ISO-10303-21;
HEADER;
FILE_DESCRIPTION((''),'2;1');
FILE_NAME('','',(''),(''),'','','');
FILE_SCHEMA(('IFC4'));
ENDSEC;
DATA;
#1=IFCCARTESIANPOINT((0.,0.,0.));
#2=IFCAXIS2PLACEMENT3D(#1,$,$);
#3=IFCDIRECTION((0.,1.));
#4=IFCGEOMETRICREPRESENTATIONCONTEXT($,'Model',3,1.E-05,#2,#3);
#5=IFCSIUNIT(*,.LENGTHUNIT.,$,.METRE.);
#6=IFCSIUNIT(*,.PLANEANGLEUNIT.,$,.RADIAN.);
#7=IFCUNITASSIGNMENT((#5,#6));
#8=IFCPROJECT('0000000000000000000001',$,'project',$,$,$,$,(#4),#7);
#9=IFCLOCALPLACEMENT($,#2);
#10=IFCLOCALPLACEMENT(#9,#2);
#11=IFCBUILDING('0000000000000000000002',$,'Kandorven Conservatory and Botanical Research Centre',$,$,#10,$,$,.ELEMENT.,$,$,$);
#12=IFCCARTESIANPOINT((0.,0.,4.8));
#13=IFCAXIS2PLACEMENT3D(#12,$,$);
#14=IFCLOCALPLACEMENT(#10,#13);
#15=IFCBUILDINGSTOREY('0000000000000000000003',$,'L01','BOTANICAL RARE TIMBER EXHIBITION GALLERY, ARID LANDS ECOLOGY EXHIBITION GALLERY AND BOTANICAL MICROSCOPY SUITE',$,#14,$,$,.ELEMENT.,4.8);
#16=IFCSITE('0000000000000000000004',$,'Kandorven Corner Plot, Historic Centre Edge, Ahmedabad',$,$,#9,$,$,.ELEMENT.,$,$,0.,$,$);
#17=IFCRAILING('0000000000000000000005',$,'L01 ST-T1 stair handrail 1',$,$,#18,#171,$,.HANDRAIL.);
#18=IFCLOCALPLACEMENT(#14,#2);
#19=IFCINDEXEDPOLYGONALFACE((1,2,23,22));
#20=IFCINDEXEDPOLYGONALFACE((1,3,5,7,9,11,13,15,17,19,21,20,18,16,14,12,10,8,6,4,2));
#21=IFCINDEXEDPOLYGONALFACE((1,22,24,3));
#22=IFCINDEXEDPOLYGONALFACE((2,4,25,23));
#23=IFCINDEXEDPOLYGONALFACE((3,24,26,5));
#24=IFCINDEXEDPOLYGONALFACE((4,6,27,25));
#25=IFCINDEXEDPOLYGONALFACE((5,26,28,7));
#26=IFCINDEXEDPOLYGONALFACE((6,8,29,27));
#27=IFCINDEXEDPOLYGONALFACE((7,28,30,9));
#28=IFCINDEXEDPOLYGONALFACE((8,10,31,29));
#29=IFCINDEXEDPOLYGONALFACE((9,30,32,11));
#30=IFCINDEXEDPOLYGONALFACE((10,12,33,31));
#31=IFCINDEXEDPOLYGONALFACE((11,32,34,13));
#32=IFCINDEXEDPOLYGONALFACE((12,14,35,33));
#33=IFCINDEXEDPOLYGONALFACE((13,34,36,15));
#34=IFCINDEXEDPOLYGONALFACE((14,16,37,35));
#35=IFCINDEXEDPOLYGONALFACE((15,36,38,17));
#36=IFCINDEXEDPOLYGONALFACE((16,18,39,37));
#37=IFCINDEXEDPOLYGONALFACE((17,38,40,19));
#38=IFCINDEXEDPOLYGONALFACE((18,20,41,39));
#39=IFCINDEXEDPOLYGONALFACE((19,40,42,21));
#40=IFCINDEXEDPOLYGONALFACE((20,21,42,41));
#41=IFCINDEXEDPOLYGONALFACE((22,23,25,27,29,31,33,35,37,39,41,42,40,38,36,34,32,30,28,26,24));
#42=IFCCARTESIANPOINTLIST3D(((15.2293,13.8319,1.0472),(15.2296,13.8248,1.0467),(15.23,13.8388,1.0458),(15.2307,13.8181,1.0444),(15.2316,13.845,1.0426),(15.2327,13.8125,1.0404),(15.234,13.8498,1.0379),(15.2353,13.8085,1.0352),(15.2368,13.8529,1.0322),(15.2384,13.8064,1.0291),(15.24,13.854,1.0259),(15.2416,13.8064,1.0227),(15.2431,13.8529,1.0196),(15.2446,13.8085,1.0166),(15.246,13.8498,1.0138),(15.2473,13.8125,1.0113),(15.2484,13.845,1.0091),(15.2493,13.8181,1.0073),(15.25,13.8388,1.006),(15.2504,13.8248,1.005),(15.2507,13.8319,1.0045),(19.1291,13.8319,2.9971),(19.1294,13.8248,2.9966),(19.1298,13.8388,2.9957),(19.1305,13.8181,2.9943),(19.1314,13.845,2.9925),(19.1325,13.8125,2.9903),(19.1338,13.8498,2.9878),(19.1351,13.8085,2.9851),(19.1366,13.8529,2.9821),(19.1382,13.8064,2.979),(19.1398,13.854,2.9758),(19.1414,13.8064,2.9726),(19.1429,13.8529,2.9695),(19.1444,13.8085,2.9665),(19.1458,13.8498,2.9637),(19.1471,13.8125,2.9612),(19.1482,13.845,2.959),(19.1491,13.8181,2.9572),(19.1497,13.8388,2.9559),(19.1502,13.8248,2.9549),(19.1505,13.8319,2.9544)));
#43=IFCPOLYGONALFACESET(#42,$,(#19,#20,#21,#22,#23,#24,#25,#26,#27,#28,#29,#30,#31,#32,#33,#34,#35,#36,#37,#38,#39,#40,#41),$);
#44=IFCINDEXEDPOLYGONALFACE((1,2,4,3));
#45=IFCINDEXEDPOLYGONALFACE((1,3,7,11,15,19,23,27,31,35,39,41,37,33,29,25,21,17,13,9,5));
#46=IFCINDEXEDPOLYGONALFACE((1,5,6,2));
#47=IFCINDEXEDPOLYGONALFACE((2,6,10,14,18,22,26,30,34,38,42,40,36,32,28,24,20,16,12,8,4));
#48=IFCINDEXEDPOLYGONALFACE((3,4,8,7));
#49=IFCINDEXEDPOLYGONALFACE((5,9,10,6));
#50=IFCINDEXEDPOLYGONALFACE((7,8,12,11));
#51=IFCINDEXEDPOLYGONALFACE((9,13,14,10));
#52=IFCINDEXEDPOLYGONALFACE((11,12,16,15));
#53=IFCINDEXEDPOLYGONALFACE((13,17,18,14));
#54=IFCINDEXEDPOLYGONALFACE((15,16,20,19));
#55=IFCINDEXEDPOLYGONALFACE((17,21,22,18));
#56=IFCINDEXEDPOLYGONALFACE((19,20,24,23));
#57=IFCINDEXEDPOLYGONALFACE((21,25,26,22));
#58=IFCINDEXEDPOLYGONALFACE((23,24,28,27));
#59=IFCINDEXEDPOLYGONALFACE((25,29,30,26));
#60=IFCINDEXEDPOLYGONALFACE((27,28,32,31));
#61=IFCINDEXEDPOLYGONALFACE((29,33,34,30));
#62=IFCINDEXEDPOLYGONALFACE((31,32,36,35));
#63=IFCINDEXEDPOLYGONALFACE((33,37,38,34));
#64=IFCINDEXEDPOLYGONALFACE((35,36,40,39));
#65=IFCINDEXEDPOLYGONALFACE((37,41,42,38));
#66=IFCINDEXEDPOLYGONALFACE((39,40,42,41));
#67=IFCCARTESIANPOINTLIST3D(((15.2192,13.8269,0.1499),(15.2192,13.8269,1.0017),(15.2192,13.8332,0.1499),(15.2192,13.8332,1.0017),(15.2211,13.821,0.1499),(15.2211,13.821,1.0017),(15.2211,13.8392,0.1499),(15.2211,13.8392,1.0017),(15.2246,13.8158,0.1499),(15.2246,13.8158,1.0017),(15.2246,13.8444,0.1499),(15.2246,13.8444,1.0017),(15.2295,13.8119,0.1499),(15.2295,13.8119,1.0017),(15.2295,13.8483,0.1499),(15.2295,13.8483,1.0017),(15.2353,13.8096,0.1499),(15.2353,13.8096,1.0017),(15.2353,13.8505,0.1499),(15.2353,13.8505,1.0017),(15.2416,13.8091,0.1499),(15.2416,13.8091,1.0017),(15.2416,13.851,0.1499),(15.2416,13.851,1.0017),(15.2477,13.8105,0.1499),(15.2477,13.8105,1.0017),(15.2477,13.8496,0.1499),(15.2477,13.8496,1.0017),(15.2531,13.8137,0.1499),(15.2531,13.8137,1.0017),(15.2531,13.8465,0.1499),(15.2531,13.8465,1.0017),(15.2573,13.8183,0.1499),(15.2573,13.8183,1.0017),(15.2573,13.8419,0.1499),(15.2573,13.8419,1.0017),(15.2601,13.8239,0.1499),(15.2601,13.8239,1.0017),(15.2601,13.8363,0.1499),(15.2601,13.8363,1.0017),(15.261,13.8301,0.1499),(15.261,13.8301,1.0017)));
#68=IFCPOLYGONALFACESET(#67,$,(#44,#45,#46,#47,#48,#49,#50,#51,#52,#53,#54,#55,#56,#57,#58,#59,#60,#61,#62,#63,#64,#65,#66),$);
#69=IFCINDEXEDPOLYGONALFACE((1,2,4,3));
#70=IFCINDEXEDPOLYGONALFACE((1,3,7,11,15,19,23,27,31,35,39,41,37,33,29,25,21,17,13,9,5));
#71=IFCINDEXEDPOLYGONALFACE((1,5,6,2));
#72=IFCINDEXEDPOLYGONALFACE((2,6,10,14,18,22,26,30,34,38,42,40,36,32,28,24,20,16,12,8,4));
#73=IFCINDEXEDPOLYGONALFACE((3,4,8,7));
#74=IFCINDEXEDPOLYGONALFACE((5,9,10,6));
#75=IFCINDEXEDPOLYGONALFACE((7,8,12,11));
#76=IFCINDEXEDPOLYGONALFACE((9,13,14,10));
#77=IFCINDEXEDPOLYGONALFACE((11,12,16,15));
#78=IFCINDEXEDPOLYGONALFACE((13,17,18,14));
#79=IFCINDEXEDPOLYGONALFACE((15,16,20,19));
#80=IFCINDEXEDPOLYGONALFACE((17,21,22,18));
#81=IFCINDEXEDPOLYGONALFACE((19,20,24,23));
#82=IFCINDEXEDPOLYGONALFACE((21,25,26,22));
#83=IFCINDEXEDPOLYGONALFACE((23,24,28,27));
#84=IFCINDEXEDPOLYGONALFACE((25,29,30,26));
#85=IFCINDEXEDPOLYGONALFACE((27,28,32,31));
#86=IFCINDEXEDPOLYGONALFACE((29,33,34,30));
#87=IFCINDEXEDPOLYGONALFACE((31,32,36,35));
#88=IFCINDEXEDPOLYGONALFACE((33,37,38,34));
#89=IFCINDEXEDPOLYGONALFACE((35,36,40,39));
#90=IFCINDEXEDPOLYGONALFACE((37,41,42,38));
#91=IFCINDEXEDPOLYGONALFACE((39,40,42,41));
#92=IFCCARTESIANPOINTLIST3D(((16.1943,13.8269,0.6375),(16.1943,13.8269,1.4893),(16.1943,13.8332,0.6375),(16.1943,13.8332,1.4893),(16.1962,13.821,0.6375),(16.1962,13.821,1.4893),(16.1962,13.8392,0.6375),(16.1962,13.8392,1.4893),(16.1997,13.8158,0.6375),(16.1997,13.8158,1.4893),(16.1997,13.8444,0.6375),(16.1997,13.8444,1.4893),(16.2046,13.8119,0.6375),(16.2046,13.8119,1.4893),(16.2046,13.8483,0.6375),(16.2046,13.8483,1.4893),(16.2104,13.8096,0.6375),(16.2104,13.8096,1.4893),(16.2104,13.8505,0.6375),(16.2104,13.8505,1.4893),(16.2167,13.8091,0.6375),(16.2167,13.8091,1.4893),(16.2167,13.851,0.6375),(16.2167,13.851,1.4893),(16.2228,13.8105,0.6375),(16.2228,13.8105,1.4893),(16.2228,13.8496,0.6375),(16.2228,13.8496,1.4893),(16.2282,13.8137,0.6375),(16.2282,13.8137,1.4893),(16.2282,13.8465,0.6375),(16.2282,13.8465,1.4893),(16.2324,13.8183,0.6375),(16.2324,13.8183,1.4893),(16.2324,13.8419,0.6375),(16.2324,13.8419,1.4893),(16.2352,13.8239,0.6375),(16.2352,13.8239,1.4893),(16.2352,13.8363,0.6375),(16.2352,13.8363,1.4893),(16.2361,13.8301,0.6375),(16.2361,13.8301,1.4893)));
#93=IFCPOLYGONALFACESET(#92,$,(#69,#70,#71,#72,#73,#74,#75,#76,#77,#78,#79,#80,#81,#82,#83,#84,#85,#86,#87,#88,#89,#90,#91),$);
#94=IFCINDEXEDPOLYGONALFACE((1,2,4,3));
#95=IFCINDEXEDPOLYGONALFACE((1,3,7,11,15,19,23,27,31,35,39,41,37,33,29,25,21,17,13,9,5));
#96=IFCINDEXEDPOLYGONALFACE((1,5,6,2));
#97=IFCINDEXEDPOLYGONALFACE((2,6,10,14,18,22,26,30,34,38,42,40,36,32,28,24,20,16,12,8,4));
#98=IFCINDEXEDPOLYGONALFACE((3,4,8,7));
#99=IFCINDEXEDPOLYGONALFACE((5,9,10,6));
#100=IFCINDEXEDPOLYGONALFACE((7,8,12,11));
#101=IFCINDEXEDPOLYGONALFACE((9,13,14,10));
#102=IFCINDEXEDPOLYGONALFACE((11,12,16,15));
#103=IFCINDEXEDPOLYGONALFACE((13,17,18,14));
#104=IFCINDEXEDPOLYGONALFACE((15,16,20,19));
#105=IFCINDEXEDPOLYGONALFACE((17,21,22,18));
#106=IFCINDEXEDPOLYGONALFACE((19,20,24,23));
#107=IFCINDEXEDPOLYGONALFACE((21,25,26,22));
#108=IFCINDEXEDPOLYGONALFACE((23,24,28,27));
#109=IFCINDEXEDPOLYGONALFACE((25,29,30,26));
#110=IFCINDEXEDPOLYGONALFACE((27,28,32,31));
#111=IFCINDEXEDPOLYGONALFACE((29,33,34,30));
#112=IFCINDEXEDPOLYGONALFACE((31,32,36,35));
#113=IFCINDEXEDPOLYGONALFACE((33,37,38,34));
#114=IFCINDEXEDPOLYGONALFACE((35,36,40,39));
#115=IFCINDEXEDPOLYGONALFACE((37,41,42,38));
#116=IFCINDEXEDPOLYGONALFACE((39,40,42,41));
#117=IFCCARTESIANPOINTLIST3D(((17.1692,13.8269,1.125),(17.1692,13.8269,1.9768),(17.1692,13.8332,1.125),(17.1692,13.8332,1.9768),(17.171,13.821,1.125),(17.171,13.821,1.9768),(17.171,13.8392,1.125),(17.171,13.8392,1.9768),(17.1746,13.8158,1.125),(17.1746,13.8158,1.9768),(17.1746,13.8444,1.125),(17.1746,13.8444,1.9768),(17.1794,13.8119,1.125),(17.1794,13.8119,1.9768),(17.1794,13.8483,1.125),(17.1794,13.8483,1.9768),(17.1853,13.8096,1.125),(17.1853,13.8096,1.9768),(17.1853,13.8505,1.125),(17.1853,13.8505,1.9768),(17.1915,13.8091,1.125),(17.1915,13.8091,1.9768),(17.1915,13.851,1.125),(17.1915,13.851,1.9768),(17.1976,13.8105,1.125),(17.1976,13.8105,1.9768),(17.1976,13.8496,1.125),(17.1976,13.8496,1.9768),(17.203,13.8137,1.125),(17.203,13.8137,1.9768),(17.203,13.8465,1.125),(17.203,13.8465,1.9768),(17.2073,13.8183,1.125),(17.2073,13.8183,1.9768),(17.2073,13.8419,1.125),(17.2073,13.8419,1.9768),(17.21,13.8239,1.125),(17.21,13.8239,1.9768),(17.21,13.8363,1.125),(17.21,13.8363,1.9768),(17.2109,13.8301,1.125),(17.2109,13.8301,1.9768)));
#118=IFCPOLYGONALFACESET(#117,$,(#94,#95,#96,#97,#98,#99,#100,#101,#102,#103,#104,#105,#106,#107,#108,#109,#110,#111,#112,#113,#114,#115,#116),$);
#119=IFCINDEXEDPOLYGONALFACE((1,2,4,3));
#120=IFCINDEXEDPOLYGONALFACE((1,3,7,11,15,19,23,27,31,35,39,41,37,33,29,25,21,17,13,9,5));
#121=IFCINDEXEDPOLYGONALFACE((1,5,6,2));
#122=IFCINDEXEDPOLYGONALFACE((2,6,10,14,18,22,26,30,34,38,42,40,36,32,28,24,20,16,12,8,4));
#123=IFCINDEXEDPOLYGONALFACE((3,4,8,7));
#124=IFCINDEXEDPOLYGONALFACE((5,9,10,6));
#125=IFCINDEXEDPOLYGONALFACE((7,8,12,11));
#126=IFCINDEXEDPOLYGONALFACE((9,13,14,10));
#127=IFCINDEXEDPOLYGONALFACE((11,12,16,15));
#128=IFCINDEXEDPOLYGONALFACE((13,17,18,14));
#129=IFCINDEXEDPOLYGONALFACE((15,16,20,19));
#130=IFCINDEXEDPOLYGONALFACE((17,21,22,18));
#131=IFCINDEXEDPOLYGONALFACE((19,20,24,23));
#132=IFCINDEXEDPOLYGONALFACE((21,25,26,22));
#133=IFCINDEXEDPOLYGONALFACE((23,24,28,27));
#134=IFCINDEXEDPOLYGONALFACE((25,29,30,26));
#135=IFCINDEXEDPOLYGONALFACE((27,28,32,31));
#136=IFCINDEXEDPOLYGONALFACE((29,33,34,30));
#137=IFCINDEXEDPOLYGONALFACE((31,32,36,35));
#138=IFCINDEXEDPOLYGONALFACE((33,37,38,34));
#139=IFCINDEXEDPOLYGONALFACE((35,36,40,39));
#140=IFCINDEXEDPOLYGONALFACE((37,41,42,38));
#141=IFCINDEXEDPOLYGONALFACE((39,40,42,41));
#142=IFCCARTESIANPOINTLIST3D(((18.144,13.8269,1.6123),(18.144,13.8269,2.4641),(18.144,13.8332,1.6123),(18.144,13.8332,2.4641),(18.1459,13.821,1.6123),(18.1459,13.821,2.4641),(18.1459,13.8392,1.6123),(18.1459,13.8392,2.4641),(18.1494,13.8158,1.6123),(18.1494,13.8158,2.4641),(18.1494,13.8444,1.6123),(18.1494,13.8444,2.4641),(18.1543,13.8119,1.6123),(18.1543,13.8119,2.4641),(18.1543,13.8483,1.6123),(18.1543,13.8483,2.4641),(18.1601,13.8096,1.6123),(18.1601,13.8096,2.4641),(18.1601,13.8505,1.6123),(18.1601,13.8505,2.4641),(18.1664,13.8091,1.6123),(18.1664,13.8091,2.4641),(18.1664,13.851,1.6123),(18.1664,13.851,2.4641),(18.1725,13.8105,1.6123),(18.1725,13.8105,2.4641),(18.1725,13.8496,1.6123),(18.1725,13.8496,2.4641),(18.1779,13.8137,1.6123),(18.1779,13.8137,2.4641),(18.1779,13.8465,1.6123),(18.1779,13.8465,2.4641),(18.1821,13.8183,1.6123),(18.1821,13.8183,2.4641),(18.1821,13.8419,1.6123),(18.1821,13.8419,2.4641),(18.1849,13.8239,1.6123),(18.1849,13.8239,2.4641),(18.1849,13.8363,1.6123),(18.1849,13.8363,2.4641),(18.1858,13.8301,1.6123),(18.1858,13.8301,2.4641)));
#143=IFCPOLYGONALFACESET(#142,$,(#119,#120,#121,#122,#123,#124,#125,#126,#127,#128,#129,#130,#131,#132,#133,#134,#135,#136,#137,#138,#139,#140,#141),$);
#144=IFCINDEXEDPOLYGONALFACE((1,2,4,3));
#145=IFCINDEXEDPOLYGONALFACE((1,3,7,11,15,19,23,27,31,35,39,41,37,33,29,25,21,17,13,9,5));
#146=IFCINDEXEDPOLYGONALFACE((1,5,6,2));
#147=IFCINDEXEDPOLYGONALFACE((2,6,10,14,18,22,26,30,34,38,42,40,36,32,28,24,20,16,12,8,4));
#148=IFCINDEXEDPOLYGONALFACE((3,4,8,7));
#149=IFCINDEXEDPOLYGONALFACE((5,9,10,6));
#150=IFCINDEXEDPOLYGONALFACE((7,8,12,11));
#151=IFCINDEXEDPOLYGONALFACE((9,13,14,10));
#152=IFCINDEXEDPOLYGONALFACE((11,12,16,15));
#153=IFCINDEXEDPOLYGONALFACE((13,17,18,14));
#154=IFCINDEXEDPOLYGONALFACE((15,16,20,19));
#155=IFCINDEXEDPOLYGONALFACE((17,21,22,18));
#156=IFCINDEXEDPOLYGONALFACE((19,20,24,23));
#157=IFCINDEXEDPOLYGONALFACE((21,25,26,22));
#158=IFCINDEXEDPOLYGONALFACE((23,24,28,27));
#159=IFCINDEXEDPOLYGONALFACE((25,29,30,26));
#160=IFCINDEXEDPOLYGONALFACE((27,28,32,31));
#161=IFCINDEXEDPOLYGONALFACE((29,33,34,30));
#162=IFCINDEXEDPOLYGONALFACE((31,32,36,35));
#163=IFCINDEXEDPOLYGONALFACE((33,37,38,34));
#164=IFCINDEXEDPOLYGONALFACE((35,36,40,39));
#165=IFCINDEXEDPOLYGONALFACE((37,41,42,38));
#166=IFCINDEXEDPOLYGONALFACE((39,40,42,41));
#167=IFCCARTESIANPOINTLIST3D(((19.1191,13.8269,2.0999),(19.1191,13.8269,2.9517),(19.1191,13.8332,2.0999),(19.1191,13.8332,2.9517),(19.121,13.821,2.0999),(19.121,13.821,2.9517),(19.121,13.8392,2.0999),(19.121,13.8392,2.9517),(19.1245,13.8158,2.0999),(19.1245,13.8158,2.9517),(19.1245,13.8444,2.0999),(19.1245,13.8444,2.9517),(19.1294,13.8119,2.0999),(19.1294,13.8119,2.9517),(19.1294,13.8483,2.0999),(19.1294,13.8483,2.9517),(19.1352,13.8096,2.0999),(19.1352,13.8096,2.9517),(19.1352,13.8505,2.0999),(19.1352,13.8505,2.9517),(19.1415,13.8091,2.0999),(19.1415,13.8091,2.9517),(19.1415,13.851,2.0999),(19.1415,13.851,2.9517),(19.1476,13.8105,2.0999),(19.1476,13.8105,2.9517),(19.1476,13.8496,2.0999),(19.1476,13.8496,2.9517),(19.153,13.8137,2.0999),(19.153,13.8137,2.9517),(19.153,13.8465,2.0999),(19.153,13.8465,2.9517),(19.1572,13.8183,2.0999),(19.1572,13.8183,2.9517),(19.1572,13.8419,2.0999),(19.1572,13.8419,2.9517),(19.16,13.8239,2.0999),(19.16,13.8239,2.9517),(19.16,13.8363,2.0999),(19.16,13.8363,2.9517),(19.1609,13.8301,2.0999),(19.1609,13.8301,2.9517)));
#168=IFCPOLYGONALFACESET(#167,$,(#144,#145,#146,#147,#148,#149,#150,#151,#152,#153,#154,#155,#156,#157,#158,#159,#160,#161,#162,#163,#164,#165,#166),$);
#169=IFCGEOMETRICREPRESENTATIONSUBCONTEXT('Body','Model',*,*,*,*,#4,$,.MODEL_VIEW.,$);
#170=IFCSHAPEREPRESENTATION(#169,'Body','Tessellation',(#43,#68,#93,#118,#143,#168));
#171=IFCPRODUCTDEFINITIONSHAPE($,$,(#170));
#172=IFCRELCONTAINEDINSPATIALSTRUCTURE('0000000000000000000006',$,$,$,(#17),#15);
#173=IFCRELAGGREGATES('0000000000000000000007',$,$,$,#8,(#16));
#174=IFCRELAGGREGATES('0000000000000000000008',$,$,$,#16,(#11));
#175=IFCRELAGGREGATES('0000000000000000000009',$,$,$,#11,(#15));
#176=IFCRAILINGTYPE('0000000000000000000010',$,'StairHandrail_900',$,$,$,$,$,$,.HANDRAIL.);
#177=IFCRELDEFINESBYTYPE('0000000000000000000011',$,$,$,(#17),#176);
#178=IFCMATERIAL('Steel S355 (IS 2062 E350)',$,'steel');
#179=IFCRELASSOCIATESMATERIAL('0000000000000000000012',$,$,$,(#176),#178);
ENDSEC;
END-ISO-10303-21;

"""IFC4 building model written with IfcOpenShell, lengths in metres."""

from ifc_helpers import new_model, si_unit, direction, frame, origin, origin_2d, place, context, subcontext, project, spatial, circle, extrude, material, type_object, element, save


model = new_model("IFC4")

# Units and contexts
model_context = context("Model", 3, precision=1e-05, world=origin(), true_north=direction((0.0, 1.0)))
body_context = subcontext(model_context, "Body", "Model", "MODEL_VIEW")
ifc_project = project(units=[si_unit("LENGTHUNIT", "METRE"), si_unit("PLANEANGLEUNIT", "RADIAN")], contexts=[model_context])

# Site, building, storey
site_placement = place(None, origin())
site = spatial("IfcSite", under=ifc_project, at=site_placement, Name="Kandorven Corner Plot, Historic Centre Edge, Ahmedabad", CompositionType="ELEMENT", RefElevation=0.0)
building_placement = place(site_placement, origin())
building = spatial("IfcBuilding", under=site, at=building_placement, Name="Kandorven Conservatory and Botanical Research Centre", CompositionType="ELEMENT")
storey_placement = place(building_placement, frame((0.0, 0.0, 4.8)))
storey = spatial("IfcBuildingStorey", under=building, at=storey_placement, Name="L01", Description="BOTANICAL RARE TIMBER EXHIBITION GALLERY, ARID LANDS ECOLOGY EXHIBITION GALLERY AND BOTANICAL MICROSCOPY SUITE", CompositionType="ELEMENT", Elevation=4.8)

# Railing
ifc_material_1 = material(Name="Steel S355 (IS 2062 E350)", Category="steel")
railing_type_1 = type_object("IfcRailingType", Name="StairHandrail_900", PredefinedType="HANDRAIL", material=ifc_material_1)
railing_1_placement = place(storey_placement, frame((15.24, 13.8301, 0.1499)))
element("IfcRailing", 1, at=railing_1_placement, inside=storey, type_object=railing_type_1, Name="L01 ST-T1 stair handrail 1", PredefinedType="HANDRAIL", context=body_context, shape_type="SweptSolid", body=[
    extrude(circle(Radius=0.0239, at=origin_2d()), frame((0.0, 0.0, 0.876), z_axis=(0.894427, 0.0, 0.447214), x_axis=(0.0, 1.0, 0.0)), (0.0, 0.0, 1.0), 4.3601),
    extrude(circle(Radius=0.021, at=origin_2d()), origin(), (0.0, 0.0, 1.0), 0.8518),
    extrude(circle(Radius=0.021, at=origin_2d()), frame((0.9751, 0.0, 0.4875)), (0.0, 0.0, 1.0), 0.8518),
    extrude(circle(Radius=0.021, at=origin_2d()), frame((1.95, 0.0, 0.9751)), (0.0, 0.0, 1.0), 0.8518),
    extrude(circle(Radius=0.021, at=origin_2d()), frame((2.9248, 0.0, 1.4624)), (0.0, 0.0, 1.0), 0.8518),
    extrude(circle(Radius=0.021, at=origin_2d()), frame((3.8999, 0.0, 1.95)), (0.0, 0.0, 1.0), 0.8518),
])

save(model, "model.ifc")
